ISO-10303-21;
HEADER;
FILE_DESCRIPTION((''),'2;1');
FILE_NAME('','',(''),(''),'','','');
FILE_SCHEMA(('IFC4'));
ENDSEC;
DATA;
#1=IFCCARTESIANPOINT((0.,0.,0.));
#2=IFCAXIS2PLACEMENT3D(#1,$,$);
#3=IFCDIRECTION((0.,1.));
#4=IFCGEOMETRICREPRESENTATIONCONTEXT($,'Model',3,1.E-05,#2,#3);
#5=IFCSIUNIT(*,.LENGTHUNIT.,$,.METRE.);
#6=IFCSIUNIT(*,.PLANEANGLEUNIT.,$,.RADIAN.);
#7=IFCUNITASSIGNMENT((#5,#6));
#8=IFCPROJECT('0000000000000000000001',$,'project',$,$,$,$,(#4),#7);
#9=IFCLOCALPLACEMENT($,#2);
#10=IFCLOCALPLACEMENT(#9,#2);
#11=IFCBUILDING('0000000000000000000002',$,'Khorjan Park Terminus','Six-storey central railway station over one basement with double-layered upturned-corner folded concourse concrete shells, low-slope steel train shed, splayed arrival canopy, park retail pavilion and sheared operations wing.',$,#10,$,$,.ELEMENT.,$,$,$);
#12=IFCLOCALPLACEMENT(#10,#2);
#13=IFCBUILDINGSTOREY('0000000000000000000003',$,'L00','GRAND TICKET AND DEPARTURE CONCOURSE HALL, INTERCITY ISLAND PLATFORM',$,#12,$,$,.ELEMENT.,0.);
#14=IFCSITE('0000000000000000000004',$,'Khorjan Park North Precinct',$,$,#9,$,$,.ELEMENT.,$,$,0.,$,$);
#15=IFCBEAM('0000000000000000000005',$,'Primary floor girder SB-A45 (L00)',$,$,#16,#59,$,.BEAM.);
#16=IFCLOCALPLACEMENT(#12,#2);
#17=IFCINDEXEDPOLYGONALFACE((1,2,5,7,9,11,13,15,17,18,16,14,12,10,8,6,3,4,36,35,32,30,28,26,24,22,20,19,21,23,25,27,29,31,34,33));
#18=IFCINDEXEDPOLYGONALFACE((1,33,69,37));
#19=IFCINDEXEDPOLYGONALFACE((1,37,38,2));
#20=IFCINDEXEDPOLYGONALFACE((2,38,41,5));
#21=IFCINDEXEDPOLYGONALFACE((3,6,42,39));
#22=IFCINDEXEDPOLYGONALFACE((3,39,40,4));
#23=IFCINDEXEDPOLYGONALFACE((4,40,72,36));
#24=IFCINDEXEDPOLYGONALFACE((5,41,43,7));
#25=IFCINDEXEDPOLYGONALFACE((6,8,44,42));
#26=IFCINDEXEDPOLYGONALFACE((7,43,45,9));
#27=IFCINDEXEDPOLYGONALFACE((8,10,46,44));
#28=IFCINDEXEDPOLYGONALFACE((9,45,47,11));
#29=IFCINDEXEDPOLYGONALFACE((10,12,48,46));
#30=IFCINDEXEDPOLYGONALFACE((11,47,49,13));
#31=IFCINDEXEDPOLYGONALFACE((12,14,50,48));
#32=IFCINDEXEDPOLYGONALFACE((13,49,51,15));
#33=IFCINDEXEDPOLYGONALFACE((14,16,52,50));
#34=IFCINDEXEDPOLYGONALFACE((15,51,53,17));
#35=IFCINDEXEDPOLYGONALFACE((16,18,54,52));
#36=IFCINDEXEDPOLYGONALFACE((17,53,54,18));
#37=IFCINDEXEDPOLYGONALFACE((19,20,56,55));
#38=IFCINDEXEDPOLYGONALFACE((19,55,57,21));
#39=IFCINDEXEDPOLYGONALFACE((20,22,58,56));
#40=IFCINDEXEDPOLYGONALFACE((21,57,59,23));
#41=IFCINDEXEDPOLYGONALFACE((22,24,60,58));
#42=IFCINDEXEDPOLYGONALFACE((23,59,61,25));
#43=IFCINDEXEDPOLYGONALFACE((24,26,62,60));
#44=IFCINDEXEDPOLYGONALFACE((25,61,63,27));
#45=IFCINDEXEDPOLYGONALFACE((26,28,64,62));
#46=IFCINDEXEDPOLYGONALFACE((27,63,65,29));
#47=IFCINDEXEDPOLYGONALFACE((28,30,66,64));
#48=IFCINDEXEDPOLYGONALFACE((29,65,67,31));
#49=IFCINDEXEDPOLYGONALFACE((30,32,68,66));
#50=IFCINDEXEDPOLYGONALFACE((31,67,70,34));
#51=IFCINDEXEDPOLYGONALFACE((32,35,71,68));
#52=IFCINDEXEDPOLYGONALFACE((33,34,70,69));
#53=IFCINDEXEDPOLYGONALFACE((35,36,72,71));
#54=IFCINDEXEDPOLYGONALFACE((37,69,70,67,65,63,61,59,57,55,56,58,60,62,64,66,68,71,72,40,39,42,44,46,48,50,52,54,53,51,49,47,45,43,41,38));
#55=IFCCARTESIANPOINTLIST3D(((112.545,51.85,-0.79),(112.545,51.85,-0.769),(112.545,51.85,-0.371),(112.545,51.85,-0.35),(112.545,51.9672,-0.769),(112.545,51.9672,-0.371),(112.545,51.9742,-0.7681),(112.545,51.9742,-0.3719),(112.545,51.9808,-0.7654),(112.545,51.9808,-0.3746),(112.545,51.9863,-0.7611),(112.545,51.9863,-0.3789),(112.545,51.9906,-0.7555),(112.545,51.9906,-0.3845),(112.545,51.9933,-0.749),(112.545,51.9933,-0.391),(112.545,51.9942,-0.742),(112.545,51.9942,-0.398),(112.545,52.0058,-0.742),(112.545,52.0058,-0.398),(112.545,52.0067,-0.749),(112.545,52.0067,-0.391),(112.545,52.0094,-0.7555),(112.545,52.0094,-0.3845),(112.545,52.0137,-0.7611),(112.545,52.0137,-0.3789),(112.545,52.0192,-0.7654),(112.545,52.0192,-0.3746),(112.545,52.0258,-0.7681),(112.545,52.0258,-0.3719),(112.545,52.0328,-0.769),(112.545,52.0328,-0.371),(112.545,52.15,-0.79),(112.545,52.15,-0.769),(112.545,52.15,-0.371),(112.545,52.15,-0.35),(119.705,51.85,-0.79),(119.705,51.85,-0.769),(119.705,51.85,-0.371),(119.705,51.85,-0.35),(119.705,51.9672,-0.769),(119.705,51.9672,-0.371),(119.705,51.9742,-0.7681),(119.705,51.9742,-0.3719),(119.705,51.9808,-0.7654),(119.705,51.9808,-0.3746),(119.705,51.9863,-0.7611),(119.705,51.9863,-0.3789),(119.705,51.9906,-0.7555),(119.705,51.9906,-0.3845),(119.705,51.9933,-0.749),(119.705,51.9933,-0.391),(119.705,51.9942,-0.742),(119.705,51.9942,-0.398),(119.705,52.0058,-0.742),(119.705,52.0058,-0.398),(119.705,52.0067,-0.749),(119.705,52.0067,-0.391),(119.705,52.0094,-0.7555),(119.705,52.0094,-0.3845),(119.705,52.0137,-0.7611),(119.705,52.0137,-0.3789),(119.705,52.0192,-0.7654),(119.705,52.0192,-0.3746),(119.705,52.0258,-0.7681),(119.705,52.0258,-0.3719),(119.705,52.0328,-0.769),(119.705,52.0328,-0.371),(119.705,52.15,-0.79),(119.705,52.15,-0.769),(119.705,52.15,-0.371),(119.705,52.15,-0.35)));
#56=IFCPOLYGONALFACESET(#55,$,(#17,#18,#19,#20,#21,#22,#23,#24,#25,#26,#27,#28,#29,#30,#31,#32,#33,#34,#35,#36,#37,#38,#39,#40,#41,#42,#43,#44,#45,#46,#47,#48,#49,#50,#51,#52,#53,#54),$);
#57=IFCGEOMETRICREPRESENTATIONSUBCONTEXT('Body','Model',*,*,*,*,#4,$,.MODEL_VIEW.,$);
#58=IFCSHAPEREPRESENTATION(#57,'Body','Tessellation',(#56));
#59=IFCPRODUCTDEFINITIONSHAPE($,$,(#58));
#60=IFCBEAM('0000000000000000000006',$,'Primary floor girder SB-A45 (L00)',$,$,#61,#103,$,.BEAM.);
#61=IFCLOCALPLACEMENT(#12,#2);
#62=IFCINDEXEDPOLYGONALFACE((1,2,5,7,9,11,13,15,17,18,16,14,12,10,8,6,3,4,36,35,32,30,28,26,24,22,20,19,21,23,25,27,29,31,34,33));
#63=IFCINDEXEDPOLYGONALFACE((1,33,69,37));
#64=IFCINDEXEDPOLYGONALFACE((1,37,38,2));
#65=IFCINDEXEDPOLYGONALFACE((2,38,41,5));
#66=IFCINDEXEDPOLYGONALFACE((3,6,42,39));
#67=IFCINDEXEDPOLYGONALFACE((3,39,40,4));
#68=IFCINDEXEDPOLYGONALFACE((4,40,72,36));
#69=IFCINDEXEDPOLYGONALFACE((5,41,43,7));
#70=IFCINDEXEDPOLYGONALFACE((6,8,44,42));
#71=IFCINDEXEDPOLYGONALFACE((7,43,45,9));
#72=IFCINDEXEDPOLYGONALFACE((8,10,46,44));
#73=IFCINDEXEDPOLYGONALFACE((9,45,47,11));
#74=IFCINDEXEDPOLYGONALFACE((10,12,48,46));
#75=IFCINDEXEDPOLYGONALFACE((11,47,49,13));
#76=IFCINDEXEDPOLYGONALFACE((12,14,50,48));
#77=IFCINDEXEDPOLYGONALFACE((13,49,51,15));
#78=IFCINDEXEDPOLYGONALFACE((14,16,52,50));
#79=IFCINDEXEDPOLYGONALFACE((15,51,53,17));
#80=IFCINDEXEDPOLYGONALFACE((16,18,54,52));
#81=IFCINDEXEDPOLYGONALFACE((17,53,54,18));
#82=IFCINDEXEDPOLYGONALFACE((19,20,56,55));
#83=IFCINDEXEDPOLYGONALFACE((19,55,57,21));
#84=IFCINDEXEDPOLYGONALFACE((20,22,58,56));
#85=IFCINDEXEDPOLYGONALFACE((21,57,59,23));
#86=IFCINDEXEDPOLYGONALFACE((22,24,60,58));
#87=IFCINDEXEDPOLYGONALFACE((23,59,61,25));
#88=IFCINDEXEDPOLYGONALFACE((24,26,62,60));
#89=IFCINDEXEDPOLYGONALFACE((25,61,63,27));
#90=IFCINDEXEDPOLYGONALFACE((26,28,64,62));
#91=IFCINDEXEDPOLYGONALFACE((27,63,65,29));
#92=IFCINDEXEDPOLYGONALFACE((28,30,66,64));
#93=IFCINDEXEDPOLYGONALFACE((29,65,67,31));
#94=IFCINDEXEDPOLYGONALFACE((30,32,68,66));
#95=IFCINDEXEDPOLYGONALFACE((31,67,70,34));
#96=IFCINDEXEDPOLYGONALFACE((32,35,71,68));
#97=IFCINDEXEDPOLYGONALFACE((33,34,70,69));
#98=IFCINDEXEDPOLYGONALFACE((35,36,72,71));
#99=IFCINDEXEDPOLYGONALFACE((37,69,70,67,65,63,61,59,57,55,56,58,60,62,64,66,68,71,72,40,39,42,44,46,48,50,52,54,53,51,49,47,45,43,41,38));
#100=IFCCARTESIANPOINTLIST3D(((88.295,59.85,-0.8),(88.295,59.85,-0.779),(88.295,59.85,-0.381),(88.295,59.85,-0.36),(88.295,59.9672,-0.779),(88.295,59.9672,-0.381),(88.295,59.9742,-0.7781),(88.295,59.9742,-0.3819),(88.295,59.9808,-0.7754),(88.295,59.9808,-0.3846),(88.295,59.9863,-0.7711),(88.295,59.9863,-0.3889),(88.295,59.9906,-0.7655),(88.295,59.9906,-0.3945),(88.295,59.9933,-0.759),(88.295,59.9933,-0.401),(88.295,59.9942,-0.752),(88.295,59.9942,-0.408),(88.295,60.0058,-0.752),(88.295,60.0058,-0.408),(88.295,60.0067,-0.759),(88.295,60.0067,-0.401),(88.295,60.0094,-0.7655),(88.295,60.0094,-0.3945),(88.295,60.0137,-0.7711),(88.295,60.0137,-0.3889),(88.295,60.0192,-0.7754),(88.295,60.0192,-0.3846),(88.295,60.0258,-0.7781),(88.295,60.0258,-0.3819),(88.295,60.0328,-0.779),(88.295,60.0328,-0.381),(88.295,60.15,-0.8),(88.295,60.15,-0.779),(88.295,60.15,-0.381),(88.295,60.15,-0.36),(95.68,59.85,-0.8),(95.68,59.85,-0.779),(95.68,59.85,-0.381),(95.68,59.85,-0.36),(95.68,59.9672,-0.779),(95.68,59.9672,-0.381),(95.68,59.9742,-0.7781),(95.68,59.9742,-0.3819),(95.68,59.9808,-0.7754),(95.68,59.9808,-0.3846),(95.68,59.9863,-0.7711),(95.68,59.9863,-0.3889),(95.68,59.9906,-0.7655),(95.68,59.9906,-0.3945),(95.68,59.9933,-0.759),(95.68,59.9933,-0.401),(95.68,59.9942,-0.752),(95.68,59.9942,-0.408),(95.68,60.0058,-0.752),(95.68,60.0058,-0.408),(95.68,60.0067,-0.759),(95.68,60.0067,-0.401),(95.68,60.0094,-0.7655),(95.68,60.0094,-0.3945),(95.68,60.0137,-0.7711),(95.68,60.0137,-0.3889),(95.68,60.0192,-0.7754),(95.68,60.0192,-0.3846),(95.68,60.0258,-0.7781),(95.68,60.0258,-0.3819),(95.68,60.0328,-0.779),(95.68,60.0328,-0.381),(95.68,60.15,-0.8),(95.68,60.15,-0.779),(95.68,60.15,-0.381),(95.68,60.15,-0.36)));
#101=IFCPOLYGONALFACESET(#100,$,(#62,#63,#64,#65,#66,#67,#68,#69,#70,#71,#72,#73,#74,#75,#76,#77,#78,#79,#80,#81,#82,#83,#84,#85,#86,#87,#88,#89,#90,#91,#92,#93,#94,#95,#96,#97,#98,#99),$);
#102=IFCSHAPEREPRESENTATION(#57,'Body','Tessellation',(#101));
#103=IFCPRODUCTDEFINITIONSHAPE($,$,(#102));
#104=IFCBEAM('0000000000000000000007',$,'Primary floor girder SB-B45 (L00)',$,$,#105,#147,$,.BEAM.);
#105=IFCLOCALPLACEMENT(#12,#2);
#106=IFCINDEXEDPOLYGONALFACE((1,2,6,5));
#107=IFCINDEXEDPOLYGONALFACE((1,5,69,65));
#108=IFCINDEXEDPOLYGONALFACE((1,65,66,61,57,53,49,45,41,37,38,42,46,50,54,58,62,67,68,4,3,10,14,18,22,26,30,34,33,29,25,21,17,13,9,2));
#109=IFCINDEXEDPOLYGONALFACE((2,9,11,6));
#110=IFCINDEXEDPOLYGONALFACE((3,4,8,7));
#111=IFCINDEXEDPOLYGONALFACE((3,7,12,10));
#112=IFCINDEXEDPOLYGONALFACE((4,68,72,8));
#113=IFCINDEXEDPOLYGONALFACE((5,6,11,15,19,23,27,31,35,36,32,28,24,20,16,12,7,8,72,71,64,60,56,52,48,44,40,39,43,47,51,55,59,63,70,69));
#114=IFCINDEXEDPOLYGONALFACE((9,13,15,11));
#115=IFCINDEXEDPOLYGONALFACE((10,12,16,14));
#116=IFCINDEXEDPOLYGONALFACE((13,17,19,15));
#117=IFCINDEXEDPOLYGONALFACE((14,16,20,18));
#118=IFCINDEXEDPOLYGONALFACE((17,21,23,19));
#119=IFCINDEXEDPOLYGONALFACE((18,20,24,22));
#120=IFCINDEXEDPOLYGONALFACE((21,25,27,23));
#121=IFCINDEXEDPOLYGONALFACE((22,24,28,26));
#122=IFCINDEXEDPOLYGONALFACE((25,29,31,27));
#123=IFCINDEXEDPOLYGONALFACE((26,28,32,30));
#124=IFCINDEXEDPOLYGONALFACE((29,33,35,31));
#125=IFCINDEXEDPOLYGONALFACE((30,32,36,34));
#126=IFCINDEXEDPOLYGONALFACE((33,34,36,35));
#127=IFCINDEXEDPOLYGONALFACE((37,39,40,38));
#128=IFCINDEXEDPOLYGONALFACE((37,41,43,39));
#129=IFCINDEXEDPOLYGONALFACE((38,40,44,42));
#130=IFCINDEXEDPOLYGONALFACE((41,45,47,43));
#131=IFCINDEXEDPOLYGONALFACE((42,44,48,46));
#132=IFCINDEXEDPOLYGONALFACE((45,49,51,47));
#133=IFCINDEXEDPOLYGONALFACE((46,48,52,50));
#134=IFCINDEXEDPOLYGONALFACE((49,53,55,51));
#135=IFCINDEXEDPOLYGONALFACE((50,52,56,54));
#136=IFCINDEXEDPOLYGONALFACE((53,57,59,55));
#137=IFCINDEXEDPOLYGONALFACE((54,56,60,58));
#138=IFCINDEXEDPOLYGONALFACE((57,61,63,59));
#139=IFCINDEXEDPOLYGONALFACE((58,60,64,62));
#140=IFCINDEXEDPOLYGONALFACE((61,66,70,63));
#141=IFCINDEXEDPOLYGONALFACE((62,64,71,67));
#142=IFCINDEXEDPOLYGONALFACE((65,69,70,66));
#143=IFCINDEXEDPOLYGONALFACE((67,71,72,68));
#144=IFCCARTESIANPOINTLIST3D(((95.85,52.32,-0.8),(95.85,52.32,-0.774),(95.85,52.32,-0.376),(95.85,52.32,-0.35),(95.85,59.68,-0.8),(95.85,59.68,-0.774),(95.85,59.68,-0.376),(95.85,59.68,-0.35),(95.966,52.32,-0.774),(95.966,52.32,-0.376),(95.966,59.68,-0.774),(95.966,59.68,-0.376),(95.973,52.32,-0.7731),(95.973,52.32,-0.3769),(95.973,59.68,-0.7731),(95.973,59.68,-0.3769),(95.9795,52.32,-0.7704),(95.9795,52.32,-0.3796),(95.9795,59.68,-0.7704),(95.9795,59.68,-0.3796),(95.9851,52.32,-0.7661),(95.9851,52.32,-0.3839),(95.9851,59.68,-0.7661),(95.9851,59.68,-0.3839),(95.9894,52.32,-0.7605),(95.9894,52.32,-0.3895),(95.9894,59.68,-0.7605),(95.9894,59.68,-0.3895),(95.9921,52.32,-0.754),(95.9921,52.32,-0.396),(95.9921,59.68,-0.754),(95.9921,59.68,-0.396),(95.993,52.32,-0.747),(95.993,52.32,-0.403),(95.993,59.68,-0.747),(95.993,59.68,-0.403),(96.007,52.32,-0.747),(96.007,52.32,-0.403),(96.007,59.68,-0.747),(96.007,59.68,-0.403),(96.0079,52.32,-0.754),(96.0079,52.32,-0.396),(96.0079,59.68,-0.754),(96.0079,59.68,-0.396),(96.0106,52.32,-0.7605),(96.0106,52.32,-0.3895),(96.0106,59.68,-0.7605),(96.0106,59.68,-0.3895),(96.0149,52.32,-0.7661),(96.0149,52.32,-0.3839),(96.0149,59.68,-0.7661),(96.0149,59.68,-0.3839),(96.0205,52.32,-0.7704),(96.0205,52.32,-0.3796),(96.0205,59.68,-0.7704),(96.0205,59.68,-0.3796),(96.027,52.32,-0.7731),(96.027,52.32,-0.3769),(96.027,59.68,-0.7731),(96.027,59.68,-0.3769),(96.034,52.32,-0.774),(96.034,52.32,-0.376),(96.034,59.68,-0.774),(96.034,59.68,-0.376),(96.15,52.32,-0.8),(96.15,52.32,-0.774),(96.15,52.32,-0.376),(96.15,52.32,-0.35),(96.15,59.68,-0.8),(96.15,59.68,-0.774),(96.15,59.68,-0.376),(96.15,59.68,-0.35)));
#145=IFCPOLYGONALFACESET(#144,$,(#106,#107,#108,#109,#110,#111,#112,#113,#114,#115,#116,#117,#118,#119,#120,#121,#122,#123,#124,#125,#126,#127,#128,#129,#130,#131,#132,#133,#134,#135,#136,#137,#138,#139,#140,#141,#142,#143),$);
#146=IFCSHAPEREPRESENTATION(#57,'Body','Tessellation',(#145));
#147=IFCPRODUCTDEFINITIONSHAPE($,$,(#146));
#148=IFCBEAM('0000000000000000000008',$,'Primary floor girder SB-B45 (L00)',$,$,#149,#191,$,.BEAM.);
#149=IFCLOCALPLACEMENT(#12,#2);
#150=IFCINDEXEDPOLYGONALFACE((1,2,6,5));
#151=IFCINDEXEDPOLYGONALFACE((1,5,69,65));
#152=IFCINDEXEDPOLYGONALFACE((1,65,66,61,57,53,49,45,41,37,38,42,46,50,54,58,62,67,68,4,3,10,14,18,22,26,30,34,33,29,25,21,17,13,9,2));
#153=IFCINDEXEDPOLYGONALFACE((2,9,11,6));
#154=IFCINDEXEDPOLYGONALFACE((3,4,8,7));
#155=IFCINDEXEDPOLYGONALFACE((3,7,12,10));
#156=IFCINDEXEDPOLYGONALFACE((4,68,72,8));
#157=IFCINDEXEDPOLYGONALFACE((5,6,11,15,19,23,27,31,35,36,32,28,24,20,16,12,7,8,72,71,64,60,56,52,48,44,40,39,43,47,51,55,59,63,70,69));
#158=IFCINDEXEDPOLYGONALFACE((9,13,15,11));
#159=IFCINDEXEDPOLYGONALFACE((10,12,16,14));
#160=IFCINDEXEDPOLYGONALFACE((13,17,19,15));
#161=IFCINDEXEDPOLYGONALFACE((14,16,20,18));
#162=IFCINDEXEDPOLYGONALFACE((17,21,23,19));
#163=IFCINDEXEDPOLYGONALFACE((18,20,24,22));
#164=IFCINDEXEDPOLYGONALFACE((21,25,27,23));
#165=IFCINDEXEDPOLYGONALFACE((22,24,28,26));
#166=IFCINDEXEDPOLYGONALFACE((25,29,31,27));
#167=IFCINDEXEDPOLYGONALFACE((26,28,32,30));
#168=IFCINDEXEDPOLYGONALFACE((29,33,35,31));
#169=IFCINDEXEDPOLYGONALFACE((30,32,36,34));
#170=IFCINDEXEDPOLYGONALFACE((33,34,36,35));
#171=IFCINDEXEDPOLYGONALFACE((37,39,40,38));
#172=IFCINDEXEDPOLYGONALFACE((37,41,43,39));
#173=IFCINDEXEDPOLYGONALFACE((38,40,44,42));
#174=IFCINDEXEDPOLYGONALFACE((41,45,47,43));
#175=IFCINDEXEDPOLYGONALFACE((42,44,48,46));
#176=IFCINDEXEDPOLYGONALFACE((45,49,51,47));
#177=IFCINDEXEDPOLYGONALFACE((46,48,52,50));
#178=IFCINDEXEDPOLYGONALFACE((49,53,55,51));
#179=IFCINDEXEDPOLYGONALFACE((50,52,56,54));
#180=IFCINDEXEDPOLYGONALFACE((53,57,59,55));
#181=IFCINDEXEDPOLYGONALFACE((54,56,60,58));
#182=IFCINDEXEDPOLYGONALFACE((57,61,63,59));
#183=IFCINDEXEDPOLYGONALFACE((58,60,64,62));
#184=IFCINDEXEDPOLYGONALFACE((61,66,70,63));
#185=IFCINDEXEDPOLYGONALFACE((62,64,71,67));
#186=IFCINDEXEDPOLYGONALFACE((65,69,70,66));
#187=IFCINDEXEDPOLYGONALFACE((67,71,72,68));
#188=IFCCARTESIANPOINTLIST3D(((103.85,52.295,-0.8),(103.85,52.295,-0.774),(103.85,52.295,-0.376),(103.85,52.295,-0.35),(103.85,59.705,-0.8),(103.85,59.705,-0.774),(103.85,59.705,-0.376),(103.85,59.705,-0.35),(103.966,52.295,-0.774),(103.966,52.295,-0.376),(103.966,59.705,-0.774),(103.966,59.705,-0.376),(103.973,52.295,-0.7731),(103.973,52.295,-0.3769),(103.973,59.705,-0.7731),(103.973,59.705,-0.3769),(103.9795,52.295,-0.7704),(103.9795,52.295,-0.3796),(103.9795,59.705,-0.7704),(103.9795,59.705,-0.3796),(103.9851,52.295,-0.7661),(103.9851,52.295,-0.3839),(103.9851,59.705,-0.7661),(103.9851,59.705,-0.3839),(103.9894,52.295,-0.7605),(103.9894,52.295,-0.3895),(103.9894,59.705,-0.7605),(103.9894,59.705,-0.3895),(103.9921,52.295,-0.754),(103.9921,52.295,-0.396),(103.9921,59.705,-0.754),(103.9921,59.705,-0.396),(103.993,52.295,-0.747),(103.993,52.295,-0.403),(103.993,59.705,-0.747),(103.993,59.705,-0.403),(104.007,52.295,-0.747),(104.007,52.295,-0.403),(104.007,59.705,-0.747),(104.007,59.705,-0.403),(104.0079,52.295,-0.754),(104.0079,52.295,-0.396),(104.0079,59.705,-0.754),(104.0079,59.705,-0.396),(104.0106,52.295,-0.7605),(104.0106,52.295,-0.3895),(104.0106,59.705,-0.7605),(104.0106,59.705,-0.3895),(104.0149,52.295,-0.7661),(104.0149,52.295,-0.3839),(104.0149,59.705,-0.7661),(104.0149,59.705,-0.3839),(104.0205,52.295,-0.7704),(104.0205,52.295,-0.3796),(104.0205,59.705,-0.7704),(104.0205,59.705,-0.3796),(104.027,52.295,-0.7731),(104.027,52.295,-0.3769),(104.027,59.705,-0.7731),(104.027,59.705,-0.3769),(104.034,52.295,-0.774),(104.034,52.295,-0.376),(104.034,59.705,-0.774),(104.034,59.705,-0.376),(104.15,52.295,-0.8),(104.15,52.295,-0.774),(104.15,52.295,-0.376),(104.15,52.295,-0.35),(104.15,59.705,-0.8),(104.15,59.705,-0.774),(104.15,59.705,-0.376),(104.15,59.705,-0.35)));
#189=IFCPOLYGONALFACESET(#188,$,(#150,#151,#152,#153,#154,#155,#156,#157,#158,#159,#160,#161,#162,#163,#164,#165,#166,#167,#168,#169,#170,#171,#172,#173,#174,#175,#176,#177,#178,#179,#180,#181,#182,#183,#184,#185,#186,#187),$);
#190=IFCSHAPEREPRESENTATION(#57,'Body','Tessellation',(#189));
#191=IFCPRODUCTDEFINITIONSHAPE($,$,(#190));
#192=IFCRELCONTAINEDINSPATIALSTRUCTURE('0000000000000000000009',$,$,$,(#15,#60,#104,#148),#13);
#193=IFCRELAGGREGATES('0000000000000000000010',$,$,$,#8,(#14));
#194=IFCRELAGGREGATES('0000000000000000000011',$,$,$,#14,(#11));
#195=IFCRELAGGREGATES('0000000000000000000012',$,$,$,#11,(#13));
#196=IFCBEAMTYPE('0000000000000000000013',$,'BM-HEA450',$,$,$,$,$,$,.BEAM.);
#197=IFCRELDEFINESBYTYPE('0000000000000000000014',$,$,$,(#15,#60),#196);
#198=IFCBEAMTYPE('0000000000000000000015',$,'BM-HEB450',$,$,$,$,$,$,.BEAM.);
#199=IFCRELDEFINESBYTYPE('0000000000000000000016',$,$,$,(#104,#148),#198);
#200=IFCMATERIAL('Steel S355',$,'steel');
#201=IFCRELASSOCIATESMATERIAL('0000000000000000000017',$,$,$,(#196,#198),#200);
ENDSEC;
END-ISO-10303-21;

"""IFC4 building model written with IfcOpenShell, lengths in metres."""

from ifc_helpers import new_model, si_unit, direction, frame, origin, origin_2d, place, context, subcontext, project, spatial, i_section, extrude, material, material_profile, profile_set, type_object, element, save


model = new_model("IFC4")

# Units and contexts
model_context = context("Model", 3, precision=1e-05, world=origin(), true_north=direction((0.0, 1.0)))
body_context = subcontext(model_context, "Body", "Model", "MODEL_VIEW")
ifc_project = project(units=[si_unit("LENGTHUNIT", "METRE"), si_unit("PLANEANGLEUNIT", "RADIAN")], contexts=[model_context])

# Site, building, storey
site_placement = place(None, origin())
site = spatial("IfcSite", under=ifc_project, at=site_placement, Name="Khorjan Park North Precinct", CompositionType="ELEMENT", RefElevation=0.0)
building_placement = place(site_placement, origin())
building = spatial("IfcBuilding", under=site, at=building_placement, Name="Khorjan Park Terminus", Description="Six-storey central railway station over one basement with double-layered upturned-corner folded concourse concrete shells, low-slope steel train shed, splayed arrival canopy, park retail pavilion and sheared operations wing.", CompositionType="ELEMENT")
storey_placement = place(building_placement, origin())
storey = spatial("IfcBuildingStorey", under=building, at=storey_placement, Name="L00", Description="GRAND TICKET AND DEPARTURE CONCOURSE HALL, INTERCITY ISLAND PLATFORM", CompositionType="ELEMENT", Elevation=0.0)

# Beams
ifc_material_1 = material(Name="Steel S355", Category="steel")
ifc_material_profile_1 = material_profile(ifc_material_1, i_section(OverallWidth=0.3, OverallDepth=0.44, WebThickness=0.0115, FlangeThickness=0.021, FilletRadius=0.027, at=origin_2d()), Name="HEA 450")
ifc_profile_set_1 = profile_set([ifc_material_profile_1], Name="Steel S355")
beam_type_1 = type_object("IfcBeamType", Name="BM-HEA450", PredefinedType="BEAM", material=ifc_profile_set_1)
beam_1_placement = place(storey_placement, frame((112.545, 52.0, -0.57), z_axis=(1.0, 0.0, 0.0), x_axis=(0.0, 1.0, 0.0)))
element("IfcBeam", 1, at=beam_1_placement, inside=storey, type_object=beam_type_1, Name="Primary floor girder SB-A45 (L00)", PredefinedType="BEAM", context=body_context, shape_type="SweptSolid", body=[
    extrude(i_section(OverallWidth=0.3, OverallDepth=0.44, WebThickness=0.0115, FlangeThickness=0.021, FilletRadius=0.027, at=origin_2d()), origin(), (0.0, 0.0, 1.0), 7.16),
])
beam_2_placement = place(storey_placement, frame((88.295, 60.0, -0.58), z_axis=(1.0, 0.0, 0.0), x_axis=(0.0, 1.0, 0.0)))
element("IfcBeam", 2, at=beam_2_placement, inside=storey, type_object=beam_type_1, Name="Primary floor girder SB-A45 (L00)", PredefinedType="BEAM", context=body_context, shape_type="SweptSolid", body=[
    extrude(i_section(OverallWidth=0.3, OverallDepth=0.44, WebThickness=0.0115, FlangeThickness=0.021, FilletRadius=0.027, at=origin_2d()), origin(), (0.0, 0.0, 1.0), 7.385),
])
ifc_material_profile_2 = material_profile(ifc_material_1, i_section(OverallWidth=0.3, OverallDepth=0.45, WebThickness=0.014, FlangeThickness=0.026, FilletRadius=0.027, at=origin_2d()), Name="HEB 450")
ifc_profile_set_2 = profile_set([ifc_material_profile_2], Name="Steel S355")
beam_type_2 = type_object("IfcBeamType", Name="BM-HEB450", PredefinedType="BEAM", material=ifc_profile_set_2)
beam_3_placement = place(storey_placement, frame((96.0, 52.32, -0.575), z_axis=(0.0, 1.0, 0.0), x_axis=(-1.0, 0.0, 0.0)))
element("IfcBeam", 3, at=beam_3_placement, inside=storey, type_object=beam_type_2, Name="Primary floor girder SB-B45 (L00)", PredefinedType="BEAM", context=body_context, shape_type="SweptSolid", body=[
    extrude(i_section(OverallWidth=0.3, OverallDepth=0.45, WebThickness=0.014, FlangeThickness=0.026, FilletRadius=0.027, at=origin_2d()), origin(), (0.0, 0.0, 1.0), 7.36),
])
beam_4_placement = place(storey_placement, frame((104.0, 52.295, -0.575), z_axis=(0.0, 1.0, 0.0), x_axis=(-1.0, 0.0, 0.0)))
element("IfcBeam", 4, at=beam_4_placement, inside=storey, type_object=beam_type_2, Name="Primary floor girder SB-B45 (L00)", PredefinedType="BEAM", context=body_context, shape_type="SweptSolid", body=[
    extrude(i_section(OverallWidth=0.3, OverallDepth=0.45, WebThickness=0.014, FlangeThickness=0.026, FilletRadius=0.027, at=origin_2d()), origin(), (0.0, 0.0, 1.0), 7.41),
])

save(model, "model.ifc")
